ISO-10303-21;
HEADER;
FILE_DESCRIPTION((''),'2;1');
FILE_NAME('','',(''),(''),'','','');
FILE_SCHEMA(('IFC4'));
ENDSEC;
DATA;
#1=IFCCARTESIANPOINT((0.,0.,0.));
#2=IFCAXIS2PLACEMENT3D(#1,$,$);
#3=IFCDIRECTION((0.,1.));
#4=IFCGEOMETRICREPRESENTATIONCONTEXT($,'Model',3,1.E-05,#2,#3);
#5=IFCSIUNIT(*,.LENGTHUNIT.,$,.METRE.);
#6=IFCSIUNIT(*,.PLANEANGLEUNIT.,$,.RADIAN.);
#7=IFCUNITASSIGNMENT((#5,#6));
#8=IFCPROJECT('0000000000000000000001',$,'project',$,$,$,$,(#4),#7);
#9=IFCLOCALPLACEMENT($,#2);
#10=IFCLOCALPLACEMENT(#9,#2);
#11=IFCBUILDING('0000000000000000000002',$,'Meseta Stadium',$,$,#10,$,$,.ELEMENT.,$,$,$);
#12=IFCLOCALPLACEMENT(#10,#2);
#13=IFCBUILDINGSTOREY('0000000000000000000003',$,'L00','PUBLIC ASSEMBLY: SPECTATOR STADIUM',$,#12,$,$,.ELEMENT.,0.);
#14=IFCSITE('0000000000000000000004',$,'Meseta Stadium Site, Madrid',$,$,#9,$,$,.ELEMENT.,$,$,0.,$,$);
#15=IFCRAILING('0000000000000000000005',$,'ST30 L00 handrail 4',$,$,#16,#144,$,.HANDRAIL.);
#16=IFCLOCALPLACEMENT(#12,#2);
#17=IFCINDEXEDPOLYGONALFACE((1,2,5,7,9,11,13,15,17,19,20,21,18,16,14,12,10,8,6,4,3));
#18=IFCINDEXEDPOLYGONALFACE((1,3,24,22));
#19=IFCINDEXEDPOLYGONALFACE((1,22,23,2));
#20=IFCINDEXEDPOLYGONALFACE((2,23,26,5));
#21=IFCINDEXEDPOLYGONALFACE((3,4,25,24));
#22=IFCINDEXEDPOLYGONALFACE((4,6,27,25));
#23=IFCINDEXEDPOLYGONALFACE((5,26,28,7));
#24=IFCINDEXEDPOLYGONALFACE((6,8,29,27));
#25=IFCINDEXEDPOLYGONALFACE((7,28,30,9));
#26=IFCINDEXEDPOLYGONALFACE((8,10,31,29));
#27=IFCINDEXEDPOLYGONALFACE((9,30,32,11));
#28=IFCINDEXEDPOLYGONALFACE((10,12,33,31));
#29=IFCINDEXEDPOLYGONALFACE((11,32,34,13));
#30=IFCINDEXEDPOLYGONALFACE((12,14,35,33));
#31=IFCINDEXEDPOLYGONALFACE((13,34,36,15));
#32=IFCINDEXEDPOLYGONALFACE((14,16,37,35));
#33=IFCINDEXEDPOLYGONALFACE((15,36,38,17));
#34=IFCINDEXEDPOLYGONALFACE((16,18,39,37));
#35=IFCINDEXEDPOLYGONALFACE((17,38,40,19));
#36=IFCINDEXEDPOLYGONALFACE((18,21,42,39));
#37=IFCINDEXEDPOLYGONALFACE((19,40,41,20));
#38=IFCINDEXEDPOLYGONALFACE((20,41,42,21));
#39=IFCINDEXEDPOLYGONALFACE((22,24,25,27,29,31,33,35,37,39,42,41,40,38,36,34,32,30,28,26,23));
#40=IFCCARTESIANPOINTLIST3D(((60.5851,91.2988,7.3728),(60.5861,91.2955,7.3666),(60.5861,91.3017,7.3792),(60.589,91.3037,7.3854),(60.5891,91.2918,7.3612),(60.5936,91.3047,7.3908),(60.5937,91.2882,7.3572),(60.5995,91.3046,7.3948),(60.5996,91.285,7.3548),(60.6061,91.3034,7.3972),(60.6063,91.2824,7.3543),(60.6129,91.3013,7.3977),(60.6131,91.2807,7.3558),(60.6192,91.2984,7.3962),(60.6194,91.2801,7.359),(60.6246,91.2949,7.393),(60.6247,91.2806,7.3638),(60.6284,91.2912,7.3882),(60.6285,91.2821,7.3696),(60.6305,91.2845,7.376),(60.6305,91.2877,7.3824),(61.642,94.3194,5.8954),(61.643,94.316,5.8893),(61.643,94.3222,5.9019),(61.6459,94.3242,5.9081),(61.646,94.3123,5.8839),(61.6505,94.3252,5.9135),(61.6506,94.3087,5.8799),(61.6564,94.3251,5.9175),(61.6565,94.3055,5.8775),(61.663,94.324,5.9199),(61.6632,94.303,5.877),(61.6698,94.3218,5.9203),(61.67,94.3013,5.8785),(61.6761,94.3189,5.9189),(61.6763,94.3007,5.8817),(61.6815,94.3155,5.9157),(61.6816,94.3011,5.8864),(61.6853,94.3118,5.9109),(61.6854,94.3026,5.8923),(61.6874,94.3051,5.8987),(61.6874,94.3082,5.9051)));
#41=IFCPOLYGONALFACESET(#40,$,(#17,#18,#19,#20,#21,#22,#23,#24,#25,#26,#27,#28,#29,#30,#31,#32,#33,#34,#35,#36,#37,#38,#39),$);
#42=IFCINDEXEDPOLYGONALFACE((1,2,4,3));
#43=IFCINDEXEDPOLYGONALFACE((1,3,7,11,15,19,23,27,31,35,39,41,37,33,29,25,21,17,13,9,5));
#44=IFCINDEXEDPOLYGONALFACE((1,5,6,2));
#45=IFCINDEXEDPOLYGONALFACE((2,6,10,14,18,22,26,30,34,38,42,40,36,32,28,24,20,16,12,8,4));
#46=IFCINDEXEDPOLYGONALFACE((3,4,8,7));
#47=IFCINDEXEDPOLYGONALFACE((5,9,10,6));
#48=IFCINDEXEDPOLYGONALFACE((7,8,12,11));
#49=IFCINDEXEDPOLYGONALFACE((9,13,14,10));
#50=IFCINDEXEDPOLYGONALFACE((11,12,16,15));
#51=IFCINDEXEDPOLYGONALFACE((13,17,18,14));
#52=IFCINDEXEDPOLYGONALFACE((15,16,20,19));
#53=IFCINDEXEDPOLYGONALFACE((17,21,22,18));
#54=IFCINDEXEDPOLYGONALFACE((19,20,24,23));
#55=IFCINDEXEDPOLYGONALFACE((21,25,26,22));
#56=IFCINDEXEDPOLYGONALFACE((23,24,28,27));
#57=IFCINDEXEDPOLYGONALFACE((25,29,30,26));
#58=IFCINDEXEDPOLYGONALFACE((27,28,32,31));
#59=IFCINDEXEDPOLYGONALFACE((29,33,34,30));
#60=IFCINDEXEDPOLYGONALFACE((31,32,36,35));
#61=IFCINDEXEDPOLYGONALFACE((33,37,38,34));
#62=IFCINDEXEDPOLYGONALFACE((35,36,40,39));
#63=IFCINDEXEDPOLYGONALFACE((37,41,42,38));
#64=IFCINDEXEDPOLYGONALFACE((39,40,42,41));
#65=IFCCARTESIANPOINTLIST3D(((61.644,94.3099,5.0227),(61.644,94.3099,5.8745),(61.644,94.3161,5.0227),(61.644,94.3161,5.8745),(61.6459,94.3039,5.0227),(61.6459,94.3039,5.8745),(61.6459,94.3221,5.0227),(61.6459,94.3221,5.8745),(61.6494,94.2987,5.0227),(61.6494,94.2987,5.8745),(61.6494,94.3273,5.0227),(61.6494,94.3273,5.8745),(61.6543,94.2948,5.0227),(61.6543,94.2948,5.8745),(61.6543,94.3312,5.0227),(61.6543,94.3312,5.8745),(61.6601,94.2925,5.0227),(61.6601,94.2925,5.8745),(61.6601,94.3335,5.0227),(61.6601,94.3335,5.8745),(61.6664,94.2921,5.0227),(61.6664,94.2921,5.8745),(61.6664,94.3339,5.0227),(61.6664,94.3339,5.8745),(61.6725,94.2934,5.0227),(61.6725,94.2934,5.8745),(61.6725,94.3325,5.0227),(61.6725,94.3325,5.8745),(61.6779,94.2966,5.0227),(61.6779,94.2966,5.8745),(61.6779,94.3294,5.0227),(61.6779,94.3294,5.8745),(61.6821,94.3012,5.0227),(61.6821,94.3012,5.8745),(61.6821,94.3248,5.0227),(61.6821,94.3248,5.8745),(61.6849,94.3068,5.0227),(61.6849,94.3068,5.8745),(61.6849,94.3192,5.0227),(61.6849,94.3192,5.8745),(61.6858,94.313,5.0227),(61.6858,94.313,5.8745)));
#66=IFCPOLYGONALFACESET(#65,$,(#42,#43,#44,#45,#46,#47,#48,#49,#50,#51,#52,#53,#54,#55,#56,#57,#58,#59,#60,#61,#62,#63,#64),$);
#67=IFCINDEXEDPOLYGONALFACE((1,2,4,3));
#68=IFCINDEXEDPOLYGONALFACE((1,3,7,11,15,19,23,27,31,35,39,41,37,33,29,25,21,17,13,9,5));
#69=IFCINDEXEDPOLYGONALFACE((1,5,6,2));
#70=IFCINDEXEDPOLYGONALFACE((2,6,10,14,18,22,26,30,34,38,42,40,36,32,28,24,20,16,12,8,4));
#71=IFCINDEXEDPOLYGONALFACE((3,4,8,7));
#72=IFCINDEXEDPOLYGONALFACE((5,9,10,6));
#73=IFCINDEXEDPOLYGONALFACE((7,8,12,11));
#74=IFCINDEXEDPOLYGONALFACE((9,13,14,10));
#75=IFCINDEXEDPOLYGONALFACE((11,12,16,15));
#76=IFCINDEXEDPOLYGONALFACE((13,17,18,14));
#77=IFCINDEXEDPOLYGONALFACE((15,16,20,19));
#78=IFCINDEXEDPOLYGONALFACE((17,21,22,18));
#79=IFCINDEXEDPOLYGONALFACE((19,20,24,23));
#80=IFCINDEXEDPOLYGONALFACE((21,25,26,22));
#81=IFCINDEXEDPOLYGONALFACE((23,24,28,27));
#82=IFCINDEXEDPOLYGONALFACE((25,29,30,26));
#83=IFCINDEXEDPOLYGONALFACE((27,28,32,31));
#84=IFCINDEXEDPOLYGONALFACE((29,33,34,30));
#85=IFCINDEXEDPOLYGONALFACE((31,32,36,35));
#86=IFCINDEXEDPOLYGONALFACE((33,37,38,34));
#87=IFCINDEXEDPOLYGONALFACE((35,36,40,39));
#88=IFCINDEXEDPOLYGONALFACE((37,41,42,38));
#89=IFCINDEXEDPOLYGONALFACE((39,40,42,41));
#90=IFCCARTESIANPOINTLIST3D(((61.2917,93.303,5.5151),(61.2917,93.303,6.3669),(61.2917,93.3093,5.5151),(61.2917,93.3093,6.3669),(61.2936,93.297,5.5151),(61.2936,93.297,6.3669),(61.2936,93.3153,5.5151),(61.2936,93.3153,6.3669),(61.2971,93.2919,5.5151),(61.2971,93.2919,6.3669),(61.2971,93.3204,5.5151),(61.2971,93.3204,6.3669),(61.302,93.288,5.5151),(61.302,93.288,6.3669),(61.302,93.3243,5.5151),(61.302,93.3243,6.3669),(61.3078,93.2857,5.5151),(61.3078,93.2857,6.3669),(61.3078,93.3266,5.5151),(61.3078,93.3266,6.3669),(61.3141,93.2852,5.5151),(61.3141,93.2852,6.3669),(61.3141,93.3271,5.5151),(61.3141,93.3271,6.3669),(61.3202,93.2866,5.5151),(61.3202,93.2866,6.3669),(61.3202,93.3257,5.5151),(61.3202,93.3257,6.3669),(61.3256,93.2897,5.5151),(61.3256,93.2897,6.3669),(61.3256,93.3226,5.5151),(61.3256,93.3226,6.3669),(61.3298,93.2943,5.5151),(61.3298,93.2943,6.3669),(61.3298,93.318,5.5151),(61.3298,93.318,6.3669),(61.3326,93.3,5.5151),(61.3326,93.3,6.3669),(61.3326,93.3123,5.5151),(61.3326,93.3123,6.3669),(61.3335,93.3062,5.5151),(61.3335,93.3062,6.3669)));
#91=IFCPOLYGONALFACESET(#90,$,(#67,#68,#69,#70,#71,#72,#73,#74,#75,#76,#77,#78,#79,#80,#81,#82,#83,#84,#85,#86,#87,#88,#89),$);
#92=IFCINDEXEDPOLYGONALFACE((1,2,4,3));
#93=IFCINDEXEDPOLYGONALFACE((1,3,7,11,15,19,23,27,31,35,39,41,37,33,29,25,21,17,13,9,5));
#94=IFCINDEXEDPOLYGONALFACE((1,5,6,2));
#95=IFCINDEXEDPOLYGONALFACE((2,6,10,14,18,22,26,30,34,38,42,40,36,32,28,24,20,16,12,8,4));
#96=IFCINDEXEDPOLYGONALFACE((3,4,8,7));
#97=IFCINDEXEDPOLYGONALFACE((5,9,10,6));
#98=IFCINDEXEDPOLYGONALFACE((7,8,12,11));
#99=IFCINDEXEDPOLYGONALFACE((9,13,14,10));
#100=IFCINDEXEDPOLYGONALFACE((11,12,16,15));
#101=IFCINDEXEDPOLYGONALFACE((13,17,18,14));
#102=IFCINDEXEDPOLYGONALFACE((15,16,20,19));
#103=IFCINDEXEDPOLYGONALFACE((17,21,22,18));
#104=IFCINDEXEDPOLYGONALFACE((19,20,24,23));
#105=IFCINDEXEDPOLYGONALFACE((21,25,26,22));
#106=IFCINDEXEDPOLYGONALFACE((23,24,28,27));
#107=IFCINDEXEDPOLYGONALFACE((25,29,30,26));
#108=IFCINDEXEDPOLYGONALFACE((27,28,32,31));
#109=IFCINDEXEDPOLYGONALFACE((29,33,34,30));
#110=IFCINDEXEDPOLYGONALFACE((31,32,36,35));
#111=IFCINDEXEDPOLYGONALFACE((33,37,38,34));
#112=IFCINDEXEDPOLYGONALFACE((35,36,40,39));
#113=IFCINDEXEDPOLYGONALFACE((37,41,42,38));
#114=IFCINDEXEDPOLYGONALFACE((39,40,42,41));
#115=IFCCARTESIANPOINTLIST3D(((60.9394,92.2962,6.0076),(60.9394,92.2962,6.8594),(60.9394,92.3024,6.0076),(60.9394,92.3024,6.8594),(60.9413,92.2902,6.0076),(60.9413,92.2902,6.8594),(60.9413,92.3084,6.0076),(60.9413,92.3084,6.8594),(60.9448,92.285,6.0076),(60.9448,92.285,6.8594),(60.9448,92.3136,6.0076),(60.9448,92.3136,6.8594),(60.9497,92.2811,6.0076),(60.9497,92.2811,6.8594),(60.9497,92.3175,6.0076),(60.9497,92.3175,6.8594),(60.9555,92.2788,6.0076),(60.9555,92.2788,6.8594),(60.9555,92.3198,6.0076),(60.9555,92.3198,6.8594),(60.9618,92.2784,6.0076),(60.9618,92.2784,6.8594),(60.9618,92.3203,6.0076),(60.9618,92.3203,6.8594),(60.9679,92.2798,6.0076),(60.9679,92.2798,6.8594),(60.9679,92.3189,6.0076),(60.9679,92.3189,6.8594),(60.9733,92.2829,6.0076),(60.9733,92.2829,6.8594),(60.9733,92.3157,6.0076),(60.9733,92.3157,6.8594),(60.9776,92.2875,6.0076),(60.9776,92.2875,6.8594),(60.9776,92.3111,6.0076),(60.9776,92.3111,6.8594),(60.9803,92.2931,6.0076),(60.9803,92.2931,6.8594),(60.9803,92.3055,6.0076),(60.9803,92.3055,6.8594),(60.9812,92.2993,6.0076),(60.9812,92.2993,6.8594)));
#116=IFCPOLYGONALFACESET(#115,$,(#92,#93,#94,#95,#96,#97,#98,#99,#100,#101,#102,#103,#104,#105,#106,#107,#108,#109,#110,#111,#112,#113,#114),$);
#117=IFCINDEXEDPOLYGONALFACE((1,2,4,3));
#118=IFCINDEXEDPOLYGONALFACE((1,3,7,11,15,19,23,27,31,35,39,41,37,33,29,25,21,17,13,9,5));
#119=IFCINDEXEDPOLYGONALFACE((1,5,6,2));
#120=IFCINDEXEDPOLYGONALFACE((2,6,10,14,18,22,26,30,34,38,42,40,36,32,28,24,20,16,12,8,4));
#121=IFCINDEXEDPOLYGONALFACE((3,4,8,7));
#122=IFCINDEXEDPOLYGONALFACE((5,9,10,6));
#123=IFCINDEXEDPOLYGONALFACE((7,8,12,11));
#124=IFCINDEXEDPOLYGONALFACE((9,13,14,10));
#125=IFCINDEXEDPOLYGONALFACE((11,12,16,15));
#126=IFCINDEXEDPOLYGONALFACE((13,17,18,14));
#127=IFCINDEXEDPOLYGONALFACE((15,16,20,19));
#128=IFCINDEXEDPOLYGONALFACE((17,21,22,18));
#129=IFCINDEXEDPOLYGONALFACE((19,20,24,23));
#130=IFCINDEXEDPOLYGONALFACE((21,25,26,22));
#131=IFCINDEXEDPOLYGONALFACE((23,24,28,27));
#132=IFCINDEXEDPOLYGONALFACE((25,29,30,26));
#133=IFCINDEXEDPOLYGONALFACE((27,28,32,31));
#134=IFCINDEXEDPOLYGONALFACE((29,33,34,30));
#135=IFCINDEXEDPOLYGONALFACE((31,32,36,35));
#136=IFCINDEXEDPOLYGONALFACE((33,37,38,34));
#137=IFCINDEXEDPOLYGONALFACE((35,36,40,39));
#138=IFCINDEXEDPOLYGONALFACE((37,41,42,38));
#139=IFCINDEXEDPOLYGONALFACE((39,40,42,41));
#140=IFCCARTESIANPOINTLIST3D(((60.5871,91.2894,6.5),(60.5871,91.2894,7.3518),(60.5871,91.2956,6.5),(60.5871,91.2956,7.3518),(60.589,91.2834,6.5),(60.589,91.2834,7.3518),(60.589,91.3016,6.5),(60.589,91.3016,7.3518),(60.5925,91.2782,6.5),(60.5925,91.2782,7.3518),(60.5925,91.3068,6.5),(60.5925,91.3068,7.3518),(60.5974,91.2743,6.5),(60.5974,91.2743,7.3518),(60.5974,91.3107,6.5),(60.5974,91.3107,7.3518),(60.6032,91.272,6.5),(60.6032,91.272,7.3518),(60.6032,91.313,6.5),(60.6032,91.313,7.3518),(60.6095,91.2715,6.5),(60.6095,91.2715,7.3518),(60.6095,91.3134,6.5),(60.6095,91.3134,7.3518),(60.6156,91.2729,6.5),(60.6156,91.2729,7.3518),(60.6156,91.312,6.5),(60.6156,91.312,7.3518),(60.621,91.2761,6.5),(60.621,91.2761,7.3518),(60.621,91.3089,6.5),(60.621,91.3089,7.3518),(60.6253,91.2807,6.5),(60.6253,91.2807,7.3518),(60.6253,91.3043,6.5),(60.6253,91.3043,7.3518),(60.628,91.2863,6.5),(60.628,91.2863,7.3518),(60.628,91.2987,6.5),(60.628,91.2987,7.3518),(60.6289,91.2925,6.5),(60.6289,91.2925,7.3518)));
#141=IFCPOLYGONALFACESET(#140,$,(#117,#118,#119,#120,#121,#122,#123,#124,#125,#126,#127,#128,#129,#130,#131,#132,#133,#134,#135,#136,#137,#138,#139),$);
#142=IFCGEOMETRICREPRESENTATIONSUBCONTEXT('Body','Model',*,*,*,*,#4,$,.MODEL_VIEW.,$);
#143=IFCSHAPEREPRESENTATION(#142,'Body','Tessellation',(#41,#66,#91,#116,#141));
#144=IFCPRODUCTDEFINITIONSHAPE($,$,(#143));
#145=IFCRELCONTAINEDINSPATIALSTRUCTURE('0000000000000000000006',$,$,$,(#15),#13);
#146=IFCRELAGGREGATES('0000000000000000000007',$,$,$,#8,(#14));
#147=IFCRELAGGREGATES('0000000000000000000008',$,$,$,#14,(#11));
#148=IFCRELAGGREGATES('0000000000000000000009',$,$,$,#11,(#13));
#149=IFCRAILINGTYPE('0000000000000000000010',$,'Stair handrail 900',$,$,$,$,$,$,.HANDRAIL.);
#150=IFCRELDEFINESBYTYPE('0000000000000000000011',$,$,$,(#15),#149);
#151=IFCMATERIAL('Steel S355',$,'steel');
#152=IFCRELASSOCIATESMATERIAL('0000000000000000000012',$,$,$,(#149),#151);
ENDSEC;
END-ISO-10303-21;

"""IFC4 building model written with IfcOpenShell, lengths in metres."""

from ifc_helpers import new_model, si_unit, direction, frame, origin, origin_2d, place, context, subcontext, project, spatial, circle, extrude, material, type_object, element, save


model = new_model("IFC4")

# Units and contexts
model_context = context("Model", 3, precision=1e-05, world=origin(), true_north=direction((0.0, 1.0)))
body_context = subcontext(model_context, "Body", "Model", "MODEL_VIEW")
ifc_project = project(units=[si_unit("LENGTHUNIT", "METRE"), si_unit("PLANEANGLEUNIT", "RADIAN")], contexts=[model_context])

# Site, building, storey
site_placement = place(None, origin())
site = spatial("IfcSite", under=ifc_project, at=site_placement, Name="Meseta Stadium Site, Madrid", CompositionType="ELEMENT", RefElevation=0.0)
building_placement = place(site_placement, origin())
building = spatial("IfcBuilding", under=site, at=building_placement, Name="Meseta Stadium", CompositionType="ELEMENT")
storey_placement = place(building_placement, origin())
storey = spatial("IfcBuildingStorey", under=building, at=storey_placement, Name="L00", Description="PUBLIC ASSEMBLY: SPECTATOR STADIUM", CompositionType="ELEMENT", Elevation=0.0)

# Railing
ifc_material_1 = material(Name="Steel S355", Category="steel")
railing_type_1 = type_object("IfcRailingType", Name="Stair handrail 900", PredefinedType="HANDRAIL", material=ifc_material_1)
for number, where, name in (
    (1, (61.6648, 94.313, 5.0227), "ST30 L00 handrail 4"),
):
    element("IfcRailing", number, at=place(storey_placement, frame(where)), inside=storey, type_object=railing_type_1, Name=name, PredefinedType="HANDRAIL", context=body_context, shape_type="SweptSolid", body=[
        extrude(circle(Radius=0.0239, at=origin_2d()), frame((0.0, 0.0, 0.876), z_axis=(-0.299859, -0.856977, 0.419137), x_axis=(0.943887, -0.330269, 0.0)), (0.0, 0.0, 1.0), 3.5247),
        extrude(circle(Radius=0.021, at=origin_2d()), origin(), (0.0, 0.0, 1.0), 0.8518),
        extrude(circle(Radius=0.021, at=origin_2d()), frame((-0.3523, -1.0068, 0.4924)), (0.0, 0.0, 1.0), 0.8518),
        extrude(circle(Radius=0.021, at=origin_2d()), frame((-0.7046, -2.0137, 0.9849)), (0.0, 0.0, 1.0), 0.8518),
        extrude(circle(Radius=0.021, at=origin_2d()), frame((-1.0569, -3.0205, 1.4773)), (0.0, 0.0, 1.0), 0.8518),
    ])

save(model, "model.ifc")
